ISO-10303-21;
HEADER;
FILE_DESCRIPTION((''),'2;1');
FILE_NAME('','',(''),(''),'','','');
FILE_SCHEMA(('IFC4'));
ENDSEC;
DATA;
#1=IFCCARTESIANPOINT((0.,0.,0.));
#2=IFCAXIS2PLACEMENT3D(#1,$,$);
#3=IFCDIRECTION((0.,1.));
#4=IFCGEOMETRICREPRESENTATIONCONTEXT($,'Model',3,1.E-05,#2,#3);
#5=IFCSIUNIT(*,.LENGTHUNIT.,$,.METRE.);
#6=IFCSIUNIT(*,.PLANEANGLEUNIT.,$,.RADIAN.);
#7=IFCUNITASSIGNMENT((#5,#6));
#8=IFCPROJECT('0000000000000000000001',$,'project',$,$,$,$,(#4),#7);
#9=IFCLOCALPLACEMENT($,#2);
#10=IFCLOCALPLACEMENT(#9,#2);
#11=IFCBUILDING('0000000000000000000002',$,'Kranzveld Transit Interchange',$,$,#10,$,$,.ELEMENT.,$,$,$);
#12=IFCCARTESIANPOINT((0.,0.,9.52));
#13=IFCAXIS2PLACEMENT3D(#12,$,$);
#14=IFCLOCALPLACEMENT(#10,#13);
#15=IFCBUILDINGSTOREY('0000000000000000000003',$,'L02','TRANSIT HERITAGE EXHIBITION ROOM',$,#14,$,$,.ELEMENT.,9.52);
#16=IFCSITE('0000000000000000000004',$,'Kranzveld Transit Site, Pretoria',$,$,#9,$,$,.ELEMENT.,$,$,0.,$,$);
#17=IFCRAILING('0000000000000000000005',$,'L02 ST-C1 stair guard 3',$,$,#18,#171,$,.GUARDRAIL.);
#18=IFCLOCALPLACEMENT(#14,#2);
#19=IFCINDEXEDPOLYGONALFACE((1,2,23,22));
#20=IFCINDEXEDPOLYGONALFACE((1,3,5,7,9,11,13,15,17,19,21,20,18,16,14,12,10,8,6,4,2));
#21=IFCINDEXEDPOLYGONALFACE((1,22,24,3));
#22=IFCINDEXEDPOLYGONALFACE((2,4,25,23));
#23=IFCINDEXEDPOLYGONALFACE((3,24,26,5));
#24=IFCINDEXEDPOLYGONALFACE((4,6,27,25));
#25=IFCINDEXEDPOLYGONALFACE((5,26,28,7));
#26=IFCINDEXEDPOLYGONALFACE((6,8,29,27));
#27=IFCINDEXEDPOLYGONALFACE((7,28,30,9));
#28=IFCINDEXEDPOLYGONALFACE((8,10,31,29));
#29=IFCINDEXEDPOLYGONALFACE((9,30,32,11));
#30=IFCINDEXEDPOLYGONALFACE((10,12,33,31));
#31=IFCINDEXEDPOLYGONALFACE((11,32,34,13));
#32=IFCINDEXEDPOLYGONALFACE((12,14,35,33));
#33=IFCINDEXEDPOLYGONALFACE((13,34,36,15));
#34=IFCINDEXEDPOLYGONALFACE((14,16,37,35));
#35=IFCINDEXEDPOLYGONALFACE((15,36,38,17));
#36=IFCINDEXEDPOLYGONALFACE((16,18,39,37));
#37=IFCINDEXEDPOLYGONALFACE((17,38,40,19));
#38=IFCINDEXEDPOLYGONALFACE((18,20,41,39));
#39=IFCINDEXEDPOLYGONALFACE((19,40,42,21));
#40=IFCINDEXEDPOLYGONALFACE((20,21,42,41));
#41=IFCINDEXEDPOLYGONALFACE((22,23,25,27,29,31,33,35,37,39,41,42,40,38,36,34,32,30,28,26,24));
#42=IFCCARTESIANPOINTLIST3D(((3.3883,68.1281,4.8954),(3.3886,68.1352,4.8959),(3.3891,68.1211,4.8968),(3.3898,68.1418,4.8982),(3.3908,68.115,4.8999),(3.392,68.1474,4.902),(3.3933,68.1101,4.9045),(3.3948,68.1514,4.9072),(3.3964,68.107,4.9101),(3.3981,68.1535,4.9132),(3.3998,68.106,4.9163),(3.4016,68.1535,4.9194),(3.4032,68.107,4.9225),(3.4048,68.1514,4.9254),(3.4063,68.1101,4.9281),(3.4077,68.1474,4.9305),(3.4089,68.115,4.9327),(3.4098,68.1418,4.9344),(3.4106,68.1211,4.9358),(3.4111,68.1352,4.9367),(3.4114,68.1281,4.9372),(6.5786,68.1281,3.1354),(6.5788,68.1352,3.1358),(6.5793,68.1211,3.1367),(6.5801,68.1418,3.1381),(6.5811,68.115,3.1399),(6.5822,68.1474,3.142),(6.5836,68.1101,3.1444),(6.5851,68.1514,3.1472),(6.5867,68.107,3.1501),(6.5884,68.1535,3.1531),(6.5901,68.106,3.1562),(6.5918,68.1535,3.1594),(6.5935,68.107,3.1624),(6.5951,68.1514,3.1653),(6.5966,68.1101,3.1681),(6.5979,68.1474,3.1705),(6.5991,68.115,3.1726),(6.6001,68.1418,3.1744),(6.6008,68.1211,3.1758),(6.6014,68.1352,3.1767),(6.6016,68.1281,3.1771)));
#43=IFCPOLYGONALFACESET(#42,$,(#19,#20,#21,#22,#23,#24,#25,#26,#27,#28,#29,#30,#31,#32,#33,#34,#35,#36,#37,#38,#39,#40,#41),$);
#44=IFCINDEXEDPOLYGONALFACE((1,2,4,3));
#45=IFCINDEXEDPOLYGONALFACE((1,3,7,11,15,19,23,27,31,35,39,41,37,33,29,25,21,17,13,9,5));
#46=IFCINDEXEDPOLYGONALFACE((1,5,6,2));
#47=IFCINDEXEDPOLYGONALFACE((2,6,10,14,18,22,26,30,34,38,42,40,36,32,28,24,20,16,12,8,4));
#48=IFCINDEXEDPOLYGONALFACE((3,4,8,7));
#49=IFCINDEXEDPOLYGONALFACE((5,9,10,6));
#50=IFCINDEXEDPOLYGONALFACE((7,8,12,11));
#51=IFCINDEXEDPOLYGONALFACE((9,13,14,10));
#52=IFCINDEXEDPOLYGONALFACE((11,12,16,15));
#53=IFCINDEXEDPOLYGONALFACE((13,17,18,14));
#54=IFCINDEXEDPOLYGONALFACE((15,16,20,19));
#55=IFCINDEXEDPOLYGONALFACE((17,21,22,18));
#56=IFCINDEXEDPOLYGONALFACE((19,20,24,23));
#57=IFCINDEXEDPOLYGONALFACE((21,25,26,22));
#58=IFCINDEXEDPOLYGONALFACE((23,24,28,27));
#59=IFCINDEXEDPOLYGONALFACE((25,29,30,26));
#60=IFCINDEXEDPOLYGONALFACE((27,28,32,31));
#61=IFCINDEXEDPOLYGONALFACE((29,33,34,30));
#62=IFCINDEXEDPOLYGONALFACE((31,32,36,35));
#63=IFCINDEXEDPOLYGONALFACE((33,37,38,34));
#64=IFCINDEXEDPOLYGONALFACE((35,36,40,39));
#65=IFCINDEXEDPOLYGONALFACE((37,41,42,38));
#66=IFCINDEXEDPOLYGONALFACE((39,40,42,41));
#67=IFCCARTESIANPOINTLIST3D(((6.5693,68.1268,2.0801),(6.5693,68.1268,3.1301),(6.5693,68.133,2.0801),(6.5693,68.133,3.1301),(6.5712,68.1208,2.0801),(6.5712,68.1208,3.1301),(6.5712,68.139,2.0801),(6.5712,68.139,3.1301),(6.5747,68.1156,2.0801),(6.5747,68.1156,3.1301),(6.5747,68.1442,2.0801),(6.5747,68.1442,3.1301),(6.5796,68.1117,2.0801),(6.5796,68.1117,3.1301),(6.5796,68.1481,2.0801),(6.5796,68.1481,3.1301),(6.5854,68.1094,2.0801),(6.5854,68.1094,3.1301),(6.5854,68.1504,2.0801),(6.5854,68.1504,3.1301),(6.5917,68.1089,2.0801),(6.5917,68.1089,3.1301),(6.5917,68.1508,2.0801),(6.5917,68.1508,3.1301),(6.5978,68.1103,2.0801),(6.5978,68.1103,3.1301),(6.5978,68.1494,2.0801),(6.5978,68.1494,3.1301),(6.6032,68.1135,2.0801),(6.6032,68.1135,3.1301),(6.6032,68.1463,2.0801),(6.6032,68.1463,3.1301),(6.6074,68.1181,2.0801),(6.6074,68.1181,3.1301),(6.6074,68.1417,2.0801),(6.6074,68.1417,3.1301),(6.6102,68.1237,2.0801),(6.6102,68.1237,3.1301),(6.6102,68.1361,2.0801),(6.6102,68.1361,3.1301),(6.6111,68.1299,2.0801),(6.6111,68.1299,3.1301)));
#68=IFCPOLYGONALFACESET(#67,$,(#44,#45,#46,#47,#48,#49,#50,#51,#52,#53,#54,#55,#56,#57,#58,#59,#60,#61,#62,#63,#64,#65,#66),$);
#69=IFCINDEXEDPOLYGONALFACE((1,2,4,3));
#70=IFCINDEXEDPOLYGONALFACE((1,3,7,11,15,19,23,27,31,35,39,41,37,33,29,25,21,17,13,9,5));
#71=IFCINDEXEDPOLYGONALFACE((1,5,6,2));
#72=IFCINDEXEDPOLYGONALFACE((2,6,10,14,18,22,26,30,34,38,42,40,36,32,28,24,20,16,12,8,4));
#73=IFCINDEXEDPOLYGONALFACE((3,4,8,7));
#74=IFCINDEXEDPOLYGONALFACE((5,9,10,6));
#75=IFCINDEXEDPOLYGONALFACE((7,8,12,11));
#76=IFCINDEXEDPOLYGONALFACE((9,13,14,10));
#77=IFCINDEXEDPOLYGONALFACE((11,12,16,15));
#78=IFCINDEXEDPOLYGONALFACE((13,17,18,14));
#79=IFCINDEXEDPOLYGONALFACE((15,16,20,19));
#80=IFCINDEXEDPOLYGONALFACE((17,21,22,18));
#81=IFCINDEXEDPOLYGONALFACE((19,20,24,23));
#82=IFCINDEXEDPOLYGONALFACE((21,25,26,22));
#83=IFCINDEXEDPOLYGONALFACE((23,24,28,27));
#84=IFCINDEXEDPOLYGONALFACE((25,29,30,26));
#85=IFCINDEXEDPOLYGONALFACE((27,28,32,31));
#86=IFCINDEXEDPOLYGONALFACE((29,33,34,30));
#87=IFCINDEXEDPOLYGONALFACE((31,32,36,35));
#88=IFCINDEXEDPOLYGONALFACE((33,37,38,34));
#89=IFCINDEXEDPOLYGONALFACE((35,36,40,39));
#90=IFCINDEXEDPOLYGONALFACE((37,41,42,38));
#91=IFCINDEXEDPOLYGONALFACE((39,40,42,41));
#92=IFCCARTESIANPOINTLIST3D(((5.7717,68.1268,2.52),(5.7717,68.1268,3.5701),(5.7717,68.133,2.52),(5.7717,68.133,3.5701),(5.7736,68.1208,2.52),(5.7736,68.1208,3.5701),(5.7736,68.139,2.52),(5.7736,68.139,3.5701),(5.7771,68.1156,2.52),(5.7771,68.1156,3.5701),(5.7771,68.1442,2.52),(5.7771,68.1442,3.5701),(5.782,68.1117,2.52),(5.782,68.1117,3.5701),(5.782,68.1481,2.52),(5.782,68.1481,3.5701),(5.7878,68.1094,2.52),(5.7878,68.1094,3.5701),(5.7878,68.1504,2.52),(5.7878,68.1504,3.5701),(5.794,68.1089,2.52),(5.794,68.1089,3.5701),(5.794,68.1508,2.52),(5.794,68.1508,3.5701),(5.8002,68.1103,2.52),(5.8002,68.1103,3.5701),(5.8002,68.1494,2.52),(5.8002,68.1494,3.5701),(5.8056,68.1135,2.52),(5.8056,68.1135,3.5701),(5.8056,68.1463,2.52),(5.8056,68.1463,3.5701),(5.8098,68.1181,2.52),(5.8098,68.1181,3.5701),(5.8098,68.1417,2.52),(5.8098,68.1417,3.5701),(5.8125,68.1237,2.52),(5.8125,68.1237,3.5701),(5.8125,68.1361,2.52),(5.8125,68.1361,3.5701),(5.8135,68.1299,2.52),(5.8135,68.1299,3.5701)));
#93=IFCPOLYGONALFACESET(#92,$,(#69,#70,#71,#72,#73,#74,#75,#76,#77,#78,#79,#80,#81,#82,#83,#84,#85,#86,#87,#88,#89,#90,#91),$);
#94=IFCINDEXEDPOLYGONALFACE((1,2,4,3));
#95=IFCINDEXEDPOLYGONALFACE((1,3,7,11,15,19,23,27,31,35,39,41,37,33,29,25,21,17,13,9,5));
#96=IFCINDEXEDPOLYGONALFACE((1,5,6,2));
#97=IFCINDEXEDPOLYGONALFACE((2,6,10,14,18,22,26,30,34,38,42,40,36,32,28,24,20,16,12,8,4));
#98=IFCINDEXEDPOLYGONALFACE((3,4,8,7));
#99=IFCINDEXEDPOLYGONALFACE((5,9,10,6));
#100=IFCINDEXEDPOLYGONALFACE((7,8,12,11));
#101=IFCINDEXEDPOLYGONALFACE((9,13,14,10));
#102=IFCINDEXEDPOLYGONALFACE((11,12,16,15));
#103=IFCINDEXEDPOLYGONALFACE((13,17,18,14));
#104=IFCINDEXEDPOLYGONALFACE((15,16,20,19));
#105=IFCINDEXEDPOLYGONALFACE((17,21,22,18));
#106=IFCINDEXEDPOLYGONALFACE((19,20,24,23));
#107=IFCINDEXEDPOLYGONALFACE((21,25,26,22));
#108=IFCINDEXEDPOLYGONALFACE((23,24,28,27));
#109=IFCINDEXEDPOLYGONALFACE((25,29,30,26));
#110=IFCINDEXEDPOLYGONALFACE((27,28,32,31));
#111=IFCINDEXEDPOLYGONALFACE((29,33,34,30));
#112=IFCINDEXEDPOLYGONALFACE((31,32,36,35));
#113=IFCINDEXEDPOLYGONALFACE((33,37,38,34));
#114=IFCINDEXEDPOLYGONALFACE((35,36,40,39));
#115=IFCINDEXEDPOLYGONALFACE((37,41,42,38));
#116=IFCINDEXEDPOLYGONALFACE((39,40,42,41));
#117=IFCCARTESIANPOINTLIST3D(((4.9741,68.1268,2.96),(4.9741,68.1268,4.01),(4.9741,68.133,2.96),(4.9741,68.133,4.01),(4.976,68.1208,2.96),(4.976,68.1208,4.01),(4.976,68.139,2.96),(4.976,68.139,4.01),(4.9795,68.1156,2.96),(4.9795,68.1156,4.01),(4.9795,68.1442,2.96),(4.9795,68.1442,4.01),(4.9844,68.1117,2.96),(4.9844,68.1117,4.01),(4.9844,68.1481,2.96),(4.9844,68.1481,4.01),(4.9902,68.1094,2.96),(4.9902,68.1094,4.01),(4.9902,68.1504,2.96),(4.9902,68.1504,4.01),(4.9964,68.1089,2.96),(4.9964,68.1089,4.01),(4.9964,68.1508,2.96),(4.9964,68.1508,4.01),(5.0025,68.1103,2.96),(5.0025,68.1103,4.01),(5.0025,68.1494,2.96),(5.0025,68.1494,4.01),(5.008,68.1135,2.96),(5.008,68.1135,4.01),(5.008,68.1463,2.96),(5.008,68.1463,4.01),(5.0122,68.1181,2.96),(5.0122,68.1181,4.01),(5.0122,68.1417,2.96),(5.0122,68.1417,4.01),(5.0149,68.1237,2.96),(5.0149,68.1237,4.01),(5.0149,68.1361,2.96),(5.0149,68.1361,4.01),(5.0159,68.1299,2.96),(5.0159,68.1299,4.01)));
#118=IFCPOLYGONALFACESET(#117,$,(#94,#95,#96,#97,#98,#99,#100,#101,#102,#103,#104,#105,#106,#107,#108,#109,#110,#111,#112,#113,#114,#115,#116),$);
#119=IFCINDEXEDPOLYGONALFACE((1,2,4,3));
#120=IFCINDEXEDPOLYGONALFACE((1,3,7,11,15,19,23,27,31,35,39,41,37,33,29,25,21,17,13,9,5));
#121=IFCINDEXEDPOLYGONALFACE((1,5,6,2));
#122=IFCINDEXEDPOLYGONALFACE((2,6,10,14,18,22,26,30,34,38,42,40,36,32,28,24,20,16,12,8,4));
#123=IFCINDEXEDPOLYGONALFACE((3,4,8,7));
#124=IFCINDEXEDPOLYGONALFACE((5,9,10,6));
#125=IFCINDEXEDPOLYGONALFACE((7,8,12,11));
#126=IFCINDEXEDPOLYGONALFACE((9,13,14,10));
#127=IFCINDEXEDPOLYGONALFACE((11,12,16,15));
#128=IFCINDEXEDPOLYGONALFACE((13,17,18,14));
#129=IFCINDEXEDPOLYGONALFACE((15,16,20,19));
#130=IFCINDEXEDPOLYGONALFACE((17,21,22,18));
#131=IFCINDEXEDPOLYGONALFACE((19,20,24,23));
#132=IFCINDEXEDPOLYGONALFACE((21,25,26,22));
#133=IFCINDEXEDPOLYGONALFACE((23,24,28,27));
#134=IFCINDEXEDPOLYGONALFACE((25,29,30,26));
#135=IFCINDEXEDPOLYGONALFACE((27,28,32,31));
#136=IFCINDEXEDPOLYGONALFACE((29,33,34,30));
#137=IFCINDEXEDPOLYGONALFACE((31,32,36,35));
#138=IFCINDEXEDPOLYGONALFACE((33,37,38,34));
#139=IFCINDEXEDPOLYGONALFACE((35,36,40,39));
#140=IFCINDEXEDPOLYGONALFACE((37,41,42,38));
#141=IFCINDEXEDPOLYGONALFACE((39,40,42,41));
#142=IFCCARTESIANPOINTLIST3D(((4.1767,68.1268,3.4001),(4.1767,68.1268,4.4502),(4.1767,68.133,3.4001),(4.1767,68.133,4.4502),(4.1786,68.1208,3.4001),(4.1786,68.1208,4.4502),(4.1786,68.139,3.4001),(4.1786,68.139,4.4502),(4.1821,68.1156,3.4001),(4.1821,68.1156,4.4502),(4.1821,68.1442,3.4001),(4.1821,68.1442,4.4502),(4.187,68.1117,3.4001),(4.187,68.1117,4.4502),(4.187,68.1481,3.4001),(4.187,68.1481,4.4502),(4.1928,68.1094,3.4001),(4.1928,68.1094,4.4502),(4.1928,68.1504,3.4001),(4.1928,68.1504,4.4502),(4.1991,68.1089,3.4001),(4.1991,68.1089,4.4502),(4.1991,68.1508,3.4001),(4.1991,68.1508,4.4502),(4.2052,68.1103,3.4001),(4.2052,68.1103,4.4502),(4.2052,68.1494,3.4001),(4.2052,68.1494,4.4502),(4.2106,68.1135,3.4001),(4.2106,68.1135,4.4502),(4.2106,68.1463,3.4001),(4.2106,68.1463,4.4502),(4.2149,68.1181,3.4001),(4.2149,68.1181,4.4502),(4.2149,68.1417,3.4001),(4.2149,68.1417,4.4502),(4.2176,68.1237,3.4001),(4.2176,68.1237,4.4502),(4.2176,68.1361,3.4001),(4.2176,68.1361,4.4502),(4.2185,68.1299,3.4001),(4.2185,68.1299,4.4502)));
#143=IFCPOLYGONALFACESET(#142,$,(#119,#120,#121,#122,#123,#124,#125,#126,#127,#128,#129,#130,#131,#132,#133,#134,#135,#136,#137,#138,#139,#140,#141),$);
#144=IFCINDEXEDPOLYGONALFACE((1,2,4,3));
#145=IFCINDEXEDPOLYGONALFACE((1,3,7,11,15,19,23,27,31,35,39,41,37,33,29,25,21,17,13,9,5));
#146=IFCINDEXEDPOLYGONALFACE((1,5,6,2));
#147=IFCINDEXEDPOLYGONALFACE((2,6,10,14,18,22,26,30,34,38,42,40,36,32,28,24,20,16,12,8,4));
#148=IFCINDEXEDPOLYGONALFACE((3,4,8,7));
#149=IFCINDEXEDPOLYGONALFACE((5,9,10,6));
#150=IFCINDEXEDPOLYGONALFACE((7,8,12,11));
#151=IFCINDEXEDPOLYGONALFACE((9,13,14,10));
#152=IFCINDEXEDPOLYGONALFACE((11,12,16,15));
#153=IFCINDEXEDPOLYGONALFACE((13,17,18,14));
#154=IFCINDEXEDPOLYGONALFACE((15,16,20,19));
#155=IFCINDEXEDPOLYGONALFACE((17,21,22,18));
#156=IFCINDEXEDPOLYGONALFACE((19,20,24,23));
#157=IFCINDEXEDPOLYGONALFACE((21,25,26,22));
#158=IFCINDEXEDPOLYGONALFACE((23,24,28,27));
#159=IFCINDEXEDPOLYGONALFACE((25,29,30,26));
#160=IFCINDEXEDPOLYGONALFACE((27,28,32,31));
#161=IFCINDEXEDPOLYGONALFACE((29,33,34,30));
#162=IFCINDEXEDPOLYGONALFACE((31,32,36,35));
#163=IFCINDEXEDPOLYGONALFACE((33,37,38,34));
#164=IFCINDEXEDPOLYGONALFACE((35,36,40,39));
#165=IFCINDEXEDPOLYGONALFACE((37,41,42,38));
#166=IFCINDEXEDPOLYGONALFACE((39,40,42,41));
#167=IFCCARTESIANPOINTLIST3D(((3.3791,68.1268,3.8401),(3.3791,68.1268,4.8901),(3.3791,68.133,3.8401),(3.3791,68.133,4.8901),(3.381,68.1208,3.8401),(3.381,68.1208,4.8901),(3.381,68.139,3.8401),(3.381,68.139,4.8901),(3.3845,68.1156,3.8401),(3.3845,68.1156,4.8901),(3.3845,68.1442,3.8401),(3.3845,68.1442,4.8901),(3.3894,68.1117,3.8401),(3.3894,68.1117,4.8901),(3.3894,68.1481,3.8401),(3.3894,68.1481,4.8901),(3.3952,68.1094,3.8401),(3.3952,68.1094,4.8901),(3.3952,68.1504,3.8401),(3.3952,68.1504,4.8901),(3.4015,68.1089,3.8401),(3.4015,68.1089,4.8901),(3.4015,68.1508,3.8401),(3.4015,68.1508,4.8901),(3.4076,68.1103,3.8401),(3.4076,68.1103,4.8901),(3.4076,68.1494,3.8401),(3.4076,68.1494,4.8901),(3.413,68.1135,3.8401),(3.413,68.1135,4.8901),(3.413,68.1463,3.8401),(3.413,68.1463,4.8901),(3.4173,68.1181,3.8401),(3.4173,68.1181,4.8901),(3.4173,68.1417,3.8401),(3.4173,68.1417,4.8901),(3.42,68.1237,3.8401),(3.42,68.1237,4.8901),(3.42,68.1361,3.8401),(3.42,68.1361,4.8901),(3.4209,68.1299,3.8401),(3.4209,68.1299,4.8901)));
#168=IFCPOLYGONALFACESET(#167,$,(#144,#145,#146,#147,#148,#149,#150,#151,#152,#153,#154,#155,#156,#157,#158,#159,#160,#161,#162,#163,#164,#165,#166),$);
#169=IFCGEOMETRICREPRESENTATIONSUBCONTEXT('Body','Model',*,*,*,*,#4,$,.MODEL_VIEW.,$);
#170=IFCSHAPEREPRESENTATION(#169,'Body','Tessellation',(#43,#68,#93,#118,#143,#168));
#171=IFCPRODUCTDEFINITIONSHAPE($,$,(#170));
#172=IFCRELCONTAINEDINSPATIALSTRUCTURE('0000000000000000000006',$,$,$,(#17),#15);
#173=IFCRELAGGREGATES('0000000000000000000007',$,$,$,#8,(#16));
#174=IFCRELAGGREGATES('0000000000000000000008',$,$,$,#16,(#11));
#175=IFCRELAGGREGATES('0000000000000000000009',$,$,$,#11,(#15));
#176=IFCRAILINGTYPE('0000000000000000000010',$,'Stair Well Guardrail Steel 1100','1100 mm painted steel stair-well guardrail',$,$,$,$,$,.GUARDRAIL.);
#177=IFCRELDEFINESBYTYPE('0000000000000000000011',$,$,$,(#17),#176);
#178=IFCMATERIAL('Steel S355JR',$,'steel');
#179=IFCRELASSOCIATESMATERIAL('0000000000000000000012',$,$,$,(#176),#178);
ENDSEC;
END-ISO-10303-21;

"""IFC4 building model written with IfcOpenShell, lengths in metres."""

from ifc_helpers import new_model, si_unit, direction, frame, origin, origin_2d, place, context, subcontext, project, spatial, circle, extrude, material, type_object, element, save


model = new_model("IFC4")

# Units and contexts
model_context = context("Model", 3, precision=1e-05, world=origin(), true_north=direction((0.0, 1.0)))
body_context = subcontext(model_context, "Body", "Model", "MODEL_VIEW")
ifc_project = project(units=[si_unit("LENGTHUNIT", "METRE"), si_unit("PLANEANGLEUNIT", "RADIAN")], contexts=[model_context])

# Site, building, storey
site_placement = place(None, origin())
site = spatial("IfcSite", under=ifc_project, at=site_placement, Name="Kranzveld Transit Site, Pretoria", CompositionType="ELEMENT", RefElevation=0.0)
building_placement = place(site_placement, origin())
building = spatial("IfcBuilding", under=site, at=building_placement, Name="Kranzveld Transit Interchange", CompositionType="ELEMENT")
storey_placement = place(building_placement, frame((0.0, 0.0, 9.52)))
storey = spatial("IfcBuildingStorey", under=building, at=storey_placement, Name="L02", Description="TRANSIT HERITAGE EXHIBITION ROOM", CompositionType="ELEMENT", Elevation=9.52)

# Railing
ifc_material_1 = material(Name="Steel S355JR", Category="steel")
railing_type_1 = type_object("IfcRailingType", Name="Stair Well Guardrail Steel 1100", Description="1100 mm painted steel stair-well guardrail", PredefinedType="GUARDRAIL", material=ifc_material_1)
railing_1_placement = place(storey_placement, frame((6.5901, 68.1299, 2.0801)))
element("IfcRailing", 1, at=railing_1_placement, inside=storey, type_object=railing_type_1, Name="L02 ST-C1 stair guard 3", PredefinedType="GUARDRAIL", context=body_context, shape_type="SweptSolid", body=[
    extrude(circle(Radius=0.0239, at=origin_2d()), frame((0.0, 0.0, 1.0762), z_axis=(-0.875588, 0.0, 0.483058), x_axis=(0.0, -1.0, 0.0)), (0.0, 0.0, 1.0), 3.6436),
    extrude(circle(Radius=0.021, at=origin_2d()), origin(), (0.0, 0.0, 1.0), 1.05),
    extrude(circle(Radius=0.021, at=origin_2d()), frame((-0.7976, 0.0, 0.4399)), (0.0, 0.0, 1.0), 1.05),
    extrude(circle(Radius=0.021, at=origin_2d()), frame((-1.5952, 0.0, 0.8799)), (0.0, 0.0, 1.0), 1.05),
    extrude(circle(Radius=0.021, at=origin_2d()), frame((-2.3926, 0.0, 1.3201)), (0.0, 0.0, 1.0), 1.05),
    extrude(circle(Radius=0.021, at=origin_2d()), frame((-3.1902, 0.0, 1.76)), (0.0, 0.0, 1.0), 1.05),
])

save(model, "model.ifc")
